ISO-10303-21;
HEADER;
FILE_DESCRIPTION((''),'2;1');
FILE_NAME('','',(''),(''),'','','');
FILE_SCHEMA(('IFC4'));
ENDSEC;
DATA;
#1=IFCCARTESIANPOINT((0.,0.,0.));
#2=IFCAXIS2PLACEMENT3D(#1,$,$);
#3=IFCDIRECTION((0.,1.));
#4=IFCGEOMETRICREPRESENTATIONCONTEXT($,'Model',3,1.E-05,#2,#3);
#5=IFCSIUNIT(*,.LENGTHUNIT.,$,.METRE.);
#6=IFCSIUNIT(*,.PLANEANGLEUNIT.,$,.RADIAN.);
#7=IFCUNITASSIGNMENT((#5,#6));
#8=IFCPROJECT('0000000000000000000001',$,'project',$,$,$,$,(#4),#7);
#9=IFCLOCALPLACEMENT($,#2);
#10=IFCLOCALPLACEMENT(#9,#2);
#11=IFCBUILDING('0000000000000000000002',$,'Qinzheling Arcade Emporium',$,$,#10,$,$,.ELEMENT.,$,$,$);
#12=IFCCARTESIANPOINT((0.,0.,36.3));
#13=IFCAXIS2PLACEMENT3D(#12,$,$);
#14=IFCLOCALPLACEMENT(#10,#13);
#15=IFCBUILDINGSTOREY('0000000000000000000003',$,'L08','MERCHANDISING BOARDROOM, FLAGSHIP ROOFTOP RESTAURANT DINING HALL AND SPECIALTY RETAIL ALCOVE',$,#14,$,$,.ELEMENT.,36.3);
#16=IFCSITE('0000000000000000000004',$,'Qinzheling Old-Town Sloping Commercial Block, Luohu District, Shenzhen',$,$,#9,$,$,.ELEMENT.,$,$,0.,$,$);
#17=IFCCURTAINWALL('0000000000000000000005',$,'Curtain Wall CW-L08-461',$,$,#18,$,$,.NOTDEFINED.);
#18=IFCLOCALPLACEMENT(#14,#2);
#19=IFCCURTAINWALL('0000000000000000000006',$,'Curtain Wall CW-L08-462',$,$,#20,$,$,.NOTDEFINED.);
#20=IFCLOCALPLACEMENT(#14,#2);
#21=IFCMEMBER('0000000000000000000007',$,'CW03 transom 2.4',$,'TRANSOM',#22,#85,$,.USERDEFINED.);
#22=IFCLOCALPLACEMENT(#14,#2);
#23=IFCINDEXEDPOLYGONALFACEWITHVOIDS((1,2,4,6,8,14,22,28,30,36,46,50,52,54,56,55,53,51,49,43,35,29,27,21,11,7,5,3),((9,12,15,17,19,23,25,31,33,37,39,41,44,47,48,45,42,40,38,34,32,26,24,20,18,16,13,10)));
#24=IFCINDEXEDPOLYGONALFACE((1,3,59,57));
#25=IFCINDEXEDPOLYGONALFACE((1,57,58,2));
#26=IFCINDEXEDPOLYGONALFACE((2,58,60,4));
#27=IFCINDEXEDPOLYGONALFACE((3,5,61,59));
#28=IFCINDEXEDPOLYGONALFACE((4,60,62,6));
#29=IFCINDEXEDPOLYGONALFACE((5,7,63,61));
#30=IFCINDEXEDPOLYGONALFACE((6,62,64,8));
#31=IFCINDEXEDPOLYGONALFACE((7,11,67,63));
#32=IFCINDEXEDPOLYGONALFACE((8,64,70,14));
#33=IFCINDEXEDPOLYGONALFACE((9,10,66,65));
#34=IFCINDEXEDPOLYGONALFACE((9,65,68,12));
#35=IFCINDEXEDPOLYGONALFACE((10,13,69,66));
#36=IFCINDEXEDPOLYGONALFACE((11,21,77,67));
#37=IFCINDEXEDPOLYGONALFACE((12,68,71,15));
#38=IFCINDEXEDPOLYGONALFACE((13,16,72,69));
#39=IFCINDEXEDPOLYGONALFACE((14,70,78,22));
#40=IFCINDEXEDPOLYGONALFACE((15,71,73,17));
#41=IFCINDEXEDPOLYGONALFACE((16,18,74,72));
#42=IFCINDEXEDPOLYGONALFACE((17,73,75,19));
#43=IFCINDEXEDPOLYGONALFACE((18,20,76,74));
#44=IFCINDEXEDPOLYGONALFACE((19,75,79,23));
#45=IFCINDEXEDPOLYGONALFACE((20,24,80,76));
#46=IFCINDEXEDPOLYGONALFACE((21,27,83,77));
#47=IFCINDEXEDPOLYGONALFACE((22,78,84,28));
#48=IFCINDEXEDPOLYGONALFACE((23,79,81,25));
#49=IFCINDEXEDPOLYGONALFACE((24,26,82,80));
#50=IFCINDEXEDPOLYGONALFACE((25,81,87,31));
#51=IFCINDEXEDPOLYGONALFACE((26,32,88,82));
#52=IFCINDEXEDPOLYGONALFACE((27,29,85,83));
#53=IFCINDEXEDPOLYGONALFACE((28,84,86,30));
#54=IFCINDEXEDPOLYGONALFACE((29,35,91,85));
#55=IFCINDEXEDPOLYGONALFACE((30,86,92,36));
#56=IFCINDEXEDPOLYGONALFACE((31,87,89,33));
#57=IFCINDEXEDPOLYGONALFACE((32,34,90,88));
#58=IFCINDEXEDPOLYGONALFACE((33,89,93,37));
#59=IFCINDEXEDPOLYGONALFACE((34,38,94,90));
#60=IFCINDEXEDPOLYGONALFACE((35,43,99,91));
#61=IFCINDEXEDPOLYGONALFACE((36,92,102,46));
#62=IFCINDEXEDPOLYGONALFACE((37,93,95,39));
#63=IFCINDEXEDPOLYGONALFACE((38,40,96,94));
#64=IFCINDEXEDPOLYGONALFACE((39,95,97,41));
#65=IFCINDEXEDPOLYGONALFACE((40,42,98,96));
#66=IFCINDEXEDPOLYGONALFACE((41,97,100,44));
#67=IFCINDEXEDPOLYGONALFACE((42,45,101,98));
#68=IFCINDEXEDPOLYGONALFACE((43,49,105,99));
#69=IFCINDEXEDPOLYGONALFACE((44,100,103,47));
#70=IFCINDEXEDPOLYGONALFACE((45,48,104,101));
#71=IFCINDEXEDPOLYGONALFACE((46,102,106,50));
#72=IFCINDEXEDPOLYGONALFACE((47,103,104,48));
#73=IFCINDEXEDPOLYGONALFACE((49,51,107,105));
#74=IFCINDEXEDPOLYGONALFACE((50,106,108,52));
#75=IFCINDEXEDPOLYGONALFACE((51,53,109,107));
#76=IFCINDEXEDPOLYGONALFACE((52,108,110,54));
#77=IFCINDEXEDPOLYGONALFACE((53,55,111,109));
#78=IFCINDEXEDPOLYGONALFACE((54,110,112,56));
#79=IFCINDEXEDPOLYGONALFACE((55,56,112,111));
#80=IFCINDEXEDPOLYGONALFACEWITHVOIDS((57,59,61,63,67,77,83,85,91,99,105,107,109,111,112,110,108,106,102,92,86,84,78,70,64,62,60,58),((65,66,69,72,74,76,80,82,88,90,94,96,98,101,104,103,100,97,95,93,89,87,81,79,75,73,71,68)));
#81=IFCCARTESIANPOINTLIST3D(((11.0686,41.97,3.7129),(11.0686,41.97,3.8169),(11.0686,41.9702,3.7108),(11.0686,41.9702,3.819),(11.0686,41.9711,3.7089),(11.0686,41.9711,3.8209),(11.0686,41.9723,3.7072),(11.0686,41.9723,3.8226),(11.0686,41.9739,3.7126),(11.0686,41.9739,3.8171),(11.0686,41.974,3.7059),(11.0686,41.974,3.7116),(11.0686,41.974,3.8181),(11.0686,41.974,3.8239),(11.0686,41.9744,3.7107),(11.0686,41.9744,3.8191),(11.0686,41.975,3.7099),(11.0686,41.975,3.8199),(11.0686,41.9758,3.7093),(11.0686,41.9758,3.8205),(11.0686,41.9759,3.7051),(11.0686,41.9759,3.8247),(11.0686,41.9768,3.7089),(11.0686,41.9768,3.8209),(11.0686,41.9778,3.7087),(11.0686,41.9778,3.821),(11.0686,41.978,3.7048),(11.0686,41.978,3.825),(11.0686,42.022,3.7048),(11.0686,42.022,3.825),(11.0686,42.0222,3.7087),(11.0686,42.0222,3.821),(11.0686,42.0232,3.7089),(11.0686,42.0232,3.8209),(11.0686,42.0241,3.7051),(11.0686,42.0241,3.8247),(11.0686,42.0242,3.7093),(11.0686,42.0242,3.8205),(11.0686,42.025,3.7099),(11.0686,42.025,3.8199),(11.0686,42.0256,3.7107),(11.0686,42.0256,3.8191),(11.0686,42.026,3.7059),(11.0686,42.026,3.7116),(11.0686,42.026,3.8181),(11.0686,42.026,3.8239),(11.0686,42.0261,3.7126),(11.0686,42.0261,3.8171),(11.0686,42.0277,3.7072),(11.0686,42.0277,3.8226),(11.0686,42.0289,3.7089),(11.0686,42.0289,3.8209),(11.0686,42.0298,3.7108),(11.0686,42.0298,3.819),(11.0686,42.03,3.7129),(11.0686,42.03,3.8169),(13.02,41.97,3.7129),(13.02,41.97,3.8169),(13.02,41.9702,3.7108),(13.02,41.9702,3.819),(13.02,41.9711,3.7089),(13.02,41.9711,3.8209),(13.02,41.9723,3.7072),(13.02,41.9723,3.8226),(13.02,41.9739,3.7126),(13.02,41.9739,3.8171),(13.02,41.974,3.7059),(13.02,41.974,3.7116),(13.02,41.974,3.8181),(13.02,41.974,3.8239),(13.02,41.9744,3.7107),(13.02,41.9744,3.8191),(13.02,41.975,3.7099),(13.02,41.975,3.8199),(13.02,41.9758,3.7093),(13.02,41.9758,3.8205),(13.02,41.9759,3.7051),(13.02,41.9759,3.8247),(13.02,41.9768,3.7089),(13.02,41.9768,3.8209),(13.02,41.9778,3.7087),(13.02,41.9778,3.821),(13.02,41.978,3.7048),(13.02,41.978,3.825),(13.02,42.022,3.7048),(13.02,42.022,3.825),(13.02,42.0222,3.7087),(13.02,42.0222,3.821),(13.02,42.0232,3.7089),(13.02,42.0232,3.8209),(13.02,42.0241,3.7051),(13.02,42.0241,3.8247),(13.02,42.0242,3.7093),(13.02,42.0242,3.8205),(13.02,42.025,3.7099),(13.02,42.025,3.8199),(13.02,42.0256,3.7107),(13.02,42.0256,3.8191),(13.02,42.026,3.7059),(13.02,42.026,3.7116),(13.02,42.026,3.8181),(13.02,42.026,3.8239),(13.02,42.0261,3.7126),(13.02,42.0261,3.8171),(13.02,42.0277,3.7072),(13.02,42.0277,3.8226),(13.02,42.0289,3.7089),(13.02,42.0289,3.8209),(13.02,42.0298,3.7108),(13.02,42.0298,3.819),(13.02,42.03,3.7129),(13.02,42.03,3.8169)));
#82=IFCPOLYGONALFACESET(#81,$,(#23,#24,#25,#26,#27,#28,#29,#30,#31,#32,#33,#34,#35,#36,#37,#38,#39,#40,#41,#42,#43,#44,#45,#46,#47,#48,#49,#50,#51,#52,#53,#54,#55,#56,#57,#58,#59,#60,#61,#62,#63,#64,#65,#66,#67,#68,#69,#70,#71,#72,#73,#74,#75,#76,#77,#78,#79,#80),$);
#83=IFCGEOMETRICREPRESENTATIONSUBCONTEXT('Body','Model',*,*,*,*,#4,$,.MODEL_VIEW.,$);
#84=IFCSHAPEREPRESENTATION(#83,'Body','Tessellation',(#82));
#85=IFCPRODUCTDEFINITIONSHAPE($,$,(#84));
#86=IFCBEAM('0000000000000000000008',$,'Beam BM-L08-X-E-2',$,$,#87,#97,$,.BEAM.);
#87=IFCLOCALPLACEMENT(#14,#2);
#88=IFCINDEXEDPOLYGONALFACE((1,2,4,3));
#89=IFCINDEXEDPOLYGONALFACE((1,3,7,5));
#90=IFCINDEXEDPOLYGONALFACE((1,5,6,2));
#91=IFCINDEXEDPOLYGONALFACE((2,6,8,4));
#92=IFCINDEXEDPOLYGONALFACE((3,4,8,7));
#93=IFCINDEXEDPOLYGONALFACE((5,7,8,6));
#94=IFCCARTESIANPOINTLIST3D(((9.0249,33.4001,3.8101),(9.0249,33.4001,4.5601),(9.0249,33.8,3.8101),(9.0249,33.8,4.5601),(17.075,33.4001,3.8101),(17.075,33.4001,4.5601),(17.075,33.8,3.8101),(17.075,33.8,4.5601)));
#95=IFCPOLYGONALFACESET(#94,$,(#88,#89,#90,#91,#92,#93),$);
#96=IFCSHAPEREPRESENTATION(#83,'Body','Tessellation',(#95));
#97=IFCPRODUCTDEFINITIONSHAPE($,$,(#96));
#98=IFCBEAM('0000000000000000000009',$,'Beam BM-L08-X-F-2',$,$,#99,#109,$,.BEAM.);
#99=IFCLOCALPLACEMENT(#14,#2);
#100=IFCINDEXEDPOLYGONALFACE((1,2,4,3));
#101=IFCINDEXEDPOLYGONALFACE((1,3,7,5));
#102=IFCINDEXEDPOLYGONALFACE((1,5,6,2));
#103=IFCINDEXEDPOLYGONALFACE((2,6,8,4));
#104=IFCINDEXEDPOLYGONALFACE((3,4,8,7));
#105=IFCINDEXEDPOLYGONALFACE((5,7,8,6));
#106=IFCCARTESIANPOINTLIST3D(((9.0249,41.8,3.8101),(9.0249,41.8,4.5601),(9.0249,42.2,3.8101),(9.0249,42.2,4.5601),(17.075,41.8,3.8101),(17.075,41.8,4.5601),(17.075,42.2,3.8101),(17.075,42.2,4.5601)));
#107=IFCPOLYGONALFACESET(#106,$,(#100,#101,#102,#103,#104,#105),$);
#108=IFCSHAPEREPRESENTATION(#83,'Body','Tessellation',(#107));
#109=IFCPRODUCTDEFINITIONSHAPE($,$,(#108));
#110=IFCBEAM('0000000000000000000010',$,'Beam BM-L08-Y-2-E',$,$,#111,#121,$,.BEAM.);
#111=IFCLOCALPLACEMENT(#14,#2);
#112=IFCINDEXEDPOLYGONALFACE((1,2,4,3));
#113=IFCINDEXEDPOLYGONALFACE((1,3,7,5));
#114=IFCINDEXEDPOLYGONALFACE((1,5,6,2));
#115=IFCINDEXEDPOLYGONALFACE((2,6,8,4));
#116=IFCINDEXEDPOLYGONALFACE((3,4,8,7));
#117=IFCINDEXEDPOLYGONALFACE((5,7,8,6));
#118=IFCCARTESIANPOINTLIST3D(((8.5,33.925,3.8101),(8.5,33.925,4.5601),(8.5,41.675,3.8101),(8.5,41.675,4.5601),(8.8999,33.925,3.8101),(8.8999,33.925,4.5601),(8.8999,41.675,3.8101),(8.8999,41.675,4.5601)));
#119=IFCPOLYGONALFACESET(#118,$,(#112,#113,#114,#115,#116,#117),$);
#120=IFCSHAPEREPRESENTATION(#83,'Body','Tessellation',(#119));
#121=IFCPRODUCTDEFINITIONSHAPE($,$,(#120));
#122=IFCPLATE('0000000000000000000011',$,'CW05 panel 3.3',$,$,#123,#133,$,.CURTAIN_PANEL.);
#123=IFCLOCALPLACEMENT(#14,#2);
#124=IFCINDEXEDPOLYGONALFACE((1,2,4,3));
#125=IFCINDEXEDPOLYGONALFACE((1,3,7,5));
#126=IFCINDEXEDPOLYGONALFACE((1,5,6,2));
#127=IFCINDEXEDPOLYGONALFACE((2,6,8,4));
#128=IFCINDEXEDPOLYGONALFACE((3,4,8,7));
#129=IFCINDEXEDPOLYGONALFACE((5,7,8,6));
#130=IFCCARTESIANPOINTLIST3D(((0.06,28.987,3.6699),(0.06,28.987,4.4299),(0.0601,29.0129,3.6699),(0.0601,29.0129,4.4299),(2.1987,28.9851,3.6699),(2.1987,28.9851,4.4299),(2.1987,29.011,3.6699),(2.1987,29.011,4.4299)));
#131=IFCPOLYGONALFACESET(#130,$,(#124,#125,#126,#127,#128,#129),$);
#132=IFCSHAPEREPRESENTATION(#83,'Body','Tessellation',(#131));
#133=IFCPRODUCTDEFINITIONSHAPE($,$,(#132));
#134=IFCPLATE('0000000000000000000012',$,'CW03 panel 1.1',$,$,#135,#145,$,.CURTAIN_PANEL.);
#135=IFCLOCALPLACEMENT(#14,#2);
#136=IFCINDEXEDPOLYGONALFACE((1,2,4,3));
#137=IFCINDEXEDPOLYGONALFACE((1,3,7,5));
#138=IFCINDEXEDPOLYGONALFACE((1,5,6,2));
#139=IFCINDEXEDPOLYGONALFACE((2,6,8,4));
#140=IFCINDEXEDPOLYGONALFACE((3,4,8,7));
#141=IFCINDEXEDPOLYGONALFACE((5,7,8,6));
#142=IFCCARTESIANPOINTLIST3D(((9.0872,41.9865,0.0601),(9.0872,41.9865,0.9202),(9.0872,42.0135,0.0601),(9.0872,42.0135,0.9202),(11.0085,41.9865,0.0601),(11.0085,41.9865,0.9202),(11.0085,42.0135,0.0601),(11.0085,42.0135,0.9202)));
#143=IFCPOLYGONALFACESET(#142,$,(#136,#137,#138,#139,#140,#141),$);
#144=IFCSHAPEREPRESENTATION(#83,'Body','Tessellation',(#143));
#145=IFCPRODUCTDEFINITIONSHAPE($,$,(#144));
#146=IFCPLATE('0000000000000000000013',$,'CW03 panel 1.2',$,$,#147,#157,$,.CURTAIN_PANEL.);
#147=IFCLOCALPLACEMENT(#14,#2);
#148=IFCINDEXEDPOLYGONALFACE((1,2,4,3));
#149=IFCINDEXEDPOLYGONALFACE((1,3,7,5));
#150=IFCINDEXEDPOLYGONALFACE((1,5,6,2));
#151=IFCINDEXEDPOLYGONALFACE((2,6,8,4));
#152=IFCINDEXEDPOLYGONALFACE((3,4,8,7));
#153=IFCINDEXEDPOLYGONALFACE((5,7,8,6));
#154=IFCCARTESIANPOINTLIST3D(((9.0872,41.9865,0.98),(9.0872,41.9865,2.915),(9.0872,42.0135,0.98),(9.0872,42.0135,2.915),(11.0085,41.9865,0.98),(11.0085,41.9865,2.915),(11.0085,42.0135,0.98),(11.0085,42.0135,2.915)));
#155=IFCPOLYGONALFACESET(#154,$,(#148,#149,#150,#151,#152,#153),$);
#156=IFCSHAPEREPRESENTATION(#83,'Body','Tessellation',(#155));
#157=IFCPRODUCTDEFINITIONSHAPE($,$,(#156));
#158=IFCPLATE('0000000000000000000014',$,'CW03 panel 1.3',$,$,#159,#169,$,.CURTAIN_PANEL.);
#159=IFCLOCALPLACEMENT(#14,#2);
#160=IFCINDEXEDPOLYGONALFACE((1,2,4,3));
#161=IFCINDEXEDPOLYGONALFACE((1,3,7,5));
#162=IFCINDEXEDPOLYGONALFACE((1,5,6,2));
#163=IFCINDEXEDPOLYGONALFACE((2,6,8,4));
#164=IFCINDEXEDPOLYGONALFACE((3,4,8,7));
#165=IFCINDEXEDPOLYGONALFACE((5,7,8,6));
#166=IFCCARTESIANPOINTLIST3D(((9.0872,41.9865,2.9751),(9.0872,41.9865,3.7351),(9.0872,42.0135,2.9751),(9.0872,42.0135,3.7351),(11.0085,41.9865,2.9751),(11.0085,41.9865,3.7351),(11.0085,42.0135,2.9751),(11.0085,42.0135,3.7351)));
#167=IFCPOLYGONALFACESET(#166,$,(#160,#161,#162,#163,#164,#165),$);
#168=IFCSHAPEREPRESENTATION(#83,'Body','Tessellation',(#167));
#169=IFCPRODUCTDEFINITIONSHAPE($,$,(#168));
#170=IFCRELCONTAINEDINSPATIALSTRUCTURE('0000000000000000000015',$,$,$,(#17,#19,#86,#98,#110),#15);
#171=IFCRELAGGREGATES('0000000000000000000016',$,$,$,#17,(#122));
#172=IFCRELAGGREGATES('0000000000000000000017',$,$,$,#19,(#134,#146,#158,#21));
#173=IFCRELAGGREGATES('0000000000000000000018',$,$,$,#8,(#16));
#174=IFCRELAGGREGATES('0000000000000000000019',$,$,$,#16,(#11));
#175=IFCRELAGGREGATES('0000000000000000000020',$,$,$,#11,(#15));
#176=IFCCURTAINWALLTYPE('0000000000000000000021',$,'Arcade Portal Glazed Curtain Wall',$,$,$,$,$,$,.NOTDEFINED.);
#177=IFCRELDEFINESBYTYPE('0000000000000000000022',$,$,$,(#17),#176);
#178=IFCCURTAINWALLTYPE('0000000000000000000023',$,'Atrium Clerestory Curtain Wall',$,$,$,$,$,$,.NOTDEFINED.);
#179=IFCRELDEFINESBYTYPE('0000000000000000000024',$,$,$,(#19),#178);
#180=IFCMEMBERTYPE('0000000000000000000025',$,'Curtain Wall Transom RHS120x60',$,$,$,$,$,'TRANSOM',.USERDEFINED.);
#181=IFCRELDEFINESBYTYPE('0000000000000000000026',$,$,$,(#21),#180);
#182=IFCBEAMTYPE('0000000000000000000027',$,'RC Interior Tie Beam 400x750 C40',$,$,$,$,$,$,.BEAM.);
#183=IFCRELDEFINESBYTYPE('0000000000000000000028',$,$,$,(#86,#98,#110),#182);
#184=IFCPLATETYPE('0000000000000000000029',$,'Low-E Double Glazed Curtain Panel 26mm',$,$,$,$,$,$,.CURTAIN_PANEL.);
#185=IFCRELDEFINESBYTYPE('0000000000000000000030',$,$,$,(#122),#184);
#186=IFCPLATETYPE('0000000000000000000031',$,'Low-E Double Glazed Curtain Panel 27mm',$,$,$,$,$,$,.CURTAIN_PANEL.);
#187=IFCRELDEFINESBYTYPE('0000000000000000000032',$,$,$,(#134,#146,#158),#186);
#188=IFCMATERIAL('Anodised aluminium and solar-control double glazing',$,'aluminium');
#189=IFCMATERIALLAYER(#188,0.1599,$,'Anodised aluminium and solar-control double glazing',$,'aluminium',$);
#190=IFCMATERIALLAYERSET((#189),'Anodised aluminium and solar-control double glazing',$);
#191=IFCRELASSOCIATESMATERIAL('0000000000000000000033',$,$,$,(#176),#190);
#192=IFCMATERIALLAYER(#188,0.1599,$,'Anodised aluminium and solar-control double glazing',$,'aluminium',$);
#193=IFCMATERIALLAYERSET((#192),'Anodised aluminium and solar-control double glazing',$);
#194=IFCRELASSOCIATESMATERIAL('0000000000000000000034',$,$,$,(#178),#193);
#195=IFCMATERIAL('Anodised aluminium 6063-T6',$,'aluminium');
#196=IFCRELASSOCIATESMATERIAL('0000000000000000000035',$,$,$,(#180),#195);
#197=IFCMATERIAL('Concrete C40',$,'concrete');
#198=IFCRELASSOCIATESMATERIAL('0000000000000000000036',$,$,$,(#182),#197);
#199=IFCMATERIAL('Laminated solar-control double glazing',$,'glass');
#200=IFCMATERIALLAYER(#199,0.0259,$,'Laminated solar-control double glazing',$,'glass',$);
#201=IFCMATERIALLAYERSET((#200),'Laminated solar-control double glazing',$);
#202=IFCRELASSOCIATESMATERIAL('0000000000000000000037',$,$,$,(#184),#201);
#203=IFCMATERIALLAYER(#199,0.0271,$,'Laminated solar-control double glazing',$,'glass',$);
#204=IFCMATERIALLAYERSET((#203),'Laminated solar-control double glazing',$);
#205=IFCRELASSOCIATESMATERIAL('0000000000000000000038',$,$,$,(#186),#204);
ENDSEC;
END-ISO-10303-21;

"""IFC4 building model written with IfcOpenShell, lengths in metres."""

from ifc_helpers import new_model, si_unit, direction, frame, origin, origin_2d, place, context, subcontext, project, spatial, rectangle, hollow_rectangle, extrude, material, layer, layer_set, material_profile, profile_set, type_object, element, aggregate, save


model = new_model("IFC4")

# Units and contexts
model_context = context("Model", 3, precision=1e-05, world=origin(), true_north=direction((0.0, 1.0)))
body_context = subcontext(model_context, "Body", "Model", "MODEL_VIEW")
ifc_project = project(units=[si_unit("LENGTHUNIT", "METRE"), si_unit("PLANEANGLEUNIT", "RADIAN")], contexts=[model_context])

# Site, building, storey
site_placement = place(None, origin())
site = spatial("IfcSite", under=ifc_project, at=site_placement, Name="Qinzheling Old-Town Sloping Commercial Block, Luohu District, Shenzhen", CompositionType="ELEMENT", RefElevation=0.0)
building_placement = place(site_placement, origin())
building = spatial("IfcBuilding", under=site, at=building_placement, Name="Qinzheling Arcade Emporium", CompositionType="ELEMENT")
storey_placement = place(building_placement, frame((0.0, 0.0, 36.3)))
storey = spatial("IfcBuildingStorey", under=building, at=storey_placement, Name="L08", Description="MERCHANDISING BOARDROOM, FLAGSHIP ROOFTOP RESTAURANT DINING HALL AND SPECIALTY RETAIL ALCOVE", CompositionType="ELEMENT", Elevation=36.3)

# Shared definitions
ifc_material_1 = material(Name="Concrete C40", Category="concrete")

# Curtain wall
ifc_material_2 = material(Name="Anodised aluminium and solar-control double glazing", Category="aluminium")
ifc_layer_1 = layer(ifc_material_2, 0.1599, Name="Anodised aluminium and solar-control double glazing", Category="aluminium")
ifc_layer_set_1 = layer_set([ifc_layer_1], Name="Anodised aluminium and solar-control double glazing")
curtain_wall_type_1 = type_object("IfcCurtainWallType", Name="Arcade Portal Glazed Curtain Wall", PredefinedType="NOTDEFINED", material=ifc_layer_set_1)
curtain_wall_1_placement = place(storey_placement, origin())
curtain_wall_1 = element("IfcCurtainWall", 1, at=curtain_wall_1_placement, inside=storey, type_object=curtain_wall_type_1, Name="Curtain Wall CW-L08-461", PredefinedType="NOTDEFINED")
ifc_material_3 = material(Name="Anodised aluminium 6063-T6", Category="aluminium")

# Curtain wall, member
ifc_layer_2 = layer(ifc_material_2, 0.1599, Name="Anodised aluminium and solar-control double glazing", Category="aluminium")
ifc_layer_set_2 = layer_set([ifc_layer_2], Name="Anodised aluminium and solar-control double glazing")
curtain_wall_type_2 = type_object("IfcCurtainWallType", Name="Atrium Clerestory Curtain Wall", PredefinedType="NOTDEFINED", material=ifc_layer_set_2)
curtain_wall_2_placement = place(storey_placement, origin())
curtain_wall_2 = element("IfcCurtainWall", 2, at=curtain_wall_2_placement, inside=storey, type_object=curtain_wall_type_2, Name="Curtain Wall CW-L08-462", PredefinedType="NOTDEFINED")
ifc_material_profile_1 = material_profile(ifc_material_3, hollow_rectangle(XDim=0.0601, YDim=0.1201, WallThickness=0.0039, InnerFilletRadius=0.0039, OuterFilletRadius=0.0081, at=origin_2d()), Name="RHS 120x60x4", Category="aluminium")
ifc_profile_set_1 = profile_set([ifc_material_profile_1], Name="Anodised aluminium 6063-T6")
member_type_1 = type_object("IfcMemberType", Name="Curtain Wall Transom RHS120x60", ElementType="TRANSOM", PredefinedType="USERDEFINED", material=ifc_profile_set_1)
member_1_placement = place(storey_placement, frame((11.0686, 42.0, 3.7649), z_axis=(1.0, 0.0, 0.0), x_axis=(0.0, 1.0, 0.0)))
member_1 = element("IfcMember", 3, at=member_1_placement, type_object=member_type_1, Name="CW03 transom 2.4", ObjectType="TRANSOM", PredefinedType="USERDEFINED", context=body_context, shape_type="SweptSolid", body=[
    extrude(hollow_rectangle(XDim=0.0601, YDim=0.1201, WallThickness=0.0039, InnerFilletRadius=0.0039, OuterFilletRadius=0.0081, at=origin_2d()), origin(), (0.0, 0.0, 1.0), 1.9514),
])

# Beams
ifc_material_profile_2 = material_profile(ifc_material_1, rectangle(XDim=0.3999, YDim=0.75, at=origin_2d()), Name="RC 400x750", Category="concrete")
ifc_profile_set_2 = profile_set([ifc_material_profile_2], Name="Concrete C40")
beam_type = type_object("IfcBeamType", Name="RC Interior Tie Beam 400x750 C40", PredefinedType="BEAM", material=ifc_profile_set_2)
for number, where, z_axis, x_axis, name in (
    (4, (9.0249, 33.6001, 4.1851), (1.0, 0.0, 0.0), (0.0, 1.0, 0.0), "Beam BM-L08-X-E-2"),
    (5, (9.0249, 42.0, 4.1851), (1.0, 0.0, 0.0), (0.0, 1.0, 0.0), "Beam BM-L08-X-F-2"),
):
    element("IfcBeam", number, at=place(storey_placement, frame(where, z_axis=z_axis, x_axis=x_axis)), inside=storey, type_object=beam_type, Name=name, PredefinedType="BEAM", context=body_context, shape_type="SweptSolid", body=[
        extrude(rectangle(XDim=0.3999, YDim=0.75, at=origin_2d()), origin(), (0.0, 0.0, 1.0), 8.05),
    ])
beam_placement = place(storey_placement, frame((8.7, 33.925, 4.1851), z_axis=(0.0, 1.0, 0.0), x_axis=(-1.0, 0.0, 0.0)))
element("IfcBeam", 6, at=beam_placement, inside=storey, type_object=beam_type, Name="Beam BM-L08-Y-2-E", PredefinedType="BEAM", context=body_context, shape_type="SweptSolid", body=[
    extrude(rectangle(XDim=0.3999, YDim=0.75, at=origin_2d()), origin(), (0.0, 0.0, 1.0), 7.75),
])

# Plates
ifc_material_4 = material(Name="Laminated solar-control double glazing", Category="glass")
ifc_layer_3 = layer(ifc_material_4, 0.0259, Name="Laminated solar-control double glazing", Category="glass")
ifc_layer_set_3 = layer_set([ifc_layer_3], Name="Laminated solar-control double glazing")
plate_type_1 = type_object("IfcPlateType", Name="Low-E Double Glazed Curtain Panel 26mm", PredefinedType="CURTAIN_PANEL", material=ifc_layer_set_3)
plate_1_placement = place(storey_placement, frame((1.1294, 28.999, 3.6699), z_axis=(0.0, 0.0, 1.0), x_axis=(-1.0, 0.000897, 0.0)))
plate_1 = element("IfcPlate", 7, at=plate_1_placement, type_object=plate_type_1, Name="CW05 panel 3.3", PredefinedType="CURTAIN_PANEL", context=body_context, shape_type="SweptSolid", body=[
    extrude(rectangle(XDim=2.1387, YDim=0.0259, at=origin_2d()), origin(), (0.0, 0.0, 1.0), 0.76),
])
aggregate(curtain_wall_1, [plate_1])
ifc_layer_4 = layer(ifc_material_4, 0.0271, Name="Laminated solar-control double glazing", Category="glass")
ifc_layer_set_4 = layer_set([ifc_layer_4], Name="Laminated solar-control double glazing")
plate_type_2 = type_object("IfcPlateType", Name="Low-E Double Glazed Curtain Panel 27mm", PredefinedType="CURTAIN_PANEL", material=ifc_layer_set_4)
plate_2_placement = place(storey_placement, frame((10.0479, 42.0, 0.0601), z_axis=(0.0, 0.0, 1.0), x_axis=(1.0, 0.0, 0.0)))
plate_2 = element("IfcPlate", 8, at=plate_2_placement, type_object=plate_type_2, Name="CW03 panel 1.1", PredefinedType="CURTAIN_PANEL", context=body_context, shape_type="SweptSolid", body=[
    extrude(rectangle(XDim=1.9214, YDim=0.0271, at=origin_2d()), origin(), (0.0, 0.0, 1.0), 0.8601),
])
plate_3_placement = place(storey_placement, frame((10.0479, 42.0, 0.98), z_axis=(0.0, 0.0, 1.0), x_axis=(1.0, 0.0, 0.0)))
plate_3 = element("IfcPlate", 9, at=plate_3_placement, type_object=plate_type_2, Name="CW03 panel 1.2", PredefinedType="CURTAIN_PANEL", context=body_context, shape_type="SweptSolid", body=[
    extrude(rectangle(XDim=1.9214, YDim=0.0271, at=origin_2d()), origin(), (0.0, 0.0, 1.0), 1.9351),
])
plate_4_placement = place(storey_placement, frame((10.0479, 42.0, 2.9751), z_axis=(0.0, 0.0, 1.0), x_axis=(1.0, 0.0, 0.0)))
plate_4 = element("IfcPlate", 10, at=plate_4_placement, type_object=plate_type_2, Name="CW03 panel 1.3", PredefinedType="CURTAIN_PANEL", context=body_context, shape_type="SweptSolid", body=[
    extrude(rectangle(XDim=1.9214, YDim=0.0271, at=origin_2d()), origin(), (0.0, 0.0, 1.0), 0.76),
])
aggregate(curtain_wall_2, [plate_2, plate_3, plate_4, member_1])

save(model, "model.ifc")
